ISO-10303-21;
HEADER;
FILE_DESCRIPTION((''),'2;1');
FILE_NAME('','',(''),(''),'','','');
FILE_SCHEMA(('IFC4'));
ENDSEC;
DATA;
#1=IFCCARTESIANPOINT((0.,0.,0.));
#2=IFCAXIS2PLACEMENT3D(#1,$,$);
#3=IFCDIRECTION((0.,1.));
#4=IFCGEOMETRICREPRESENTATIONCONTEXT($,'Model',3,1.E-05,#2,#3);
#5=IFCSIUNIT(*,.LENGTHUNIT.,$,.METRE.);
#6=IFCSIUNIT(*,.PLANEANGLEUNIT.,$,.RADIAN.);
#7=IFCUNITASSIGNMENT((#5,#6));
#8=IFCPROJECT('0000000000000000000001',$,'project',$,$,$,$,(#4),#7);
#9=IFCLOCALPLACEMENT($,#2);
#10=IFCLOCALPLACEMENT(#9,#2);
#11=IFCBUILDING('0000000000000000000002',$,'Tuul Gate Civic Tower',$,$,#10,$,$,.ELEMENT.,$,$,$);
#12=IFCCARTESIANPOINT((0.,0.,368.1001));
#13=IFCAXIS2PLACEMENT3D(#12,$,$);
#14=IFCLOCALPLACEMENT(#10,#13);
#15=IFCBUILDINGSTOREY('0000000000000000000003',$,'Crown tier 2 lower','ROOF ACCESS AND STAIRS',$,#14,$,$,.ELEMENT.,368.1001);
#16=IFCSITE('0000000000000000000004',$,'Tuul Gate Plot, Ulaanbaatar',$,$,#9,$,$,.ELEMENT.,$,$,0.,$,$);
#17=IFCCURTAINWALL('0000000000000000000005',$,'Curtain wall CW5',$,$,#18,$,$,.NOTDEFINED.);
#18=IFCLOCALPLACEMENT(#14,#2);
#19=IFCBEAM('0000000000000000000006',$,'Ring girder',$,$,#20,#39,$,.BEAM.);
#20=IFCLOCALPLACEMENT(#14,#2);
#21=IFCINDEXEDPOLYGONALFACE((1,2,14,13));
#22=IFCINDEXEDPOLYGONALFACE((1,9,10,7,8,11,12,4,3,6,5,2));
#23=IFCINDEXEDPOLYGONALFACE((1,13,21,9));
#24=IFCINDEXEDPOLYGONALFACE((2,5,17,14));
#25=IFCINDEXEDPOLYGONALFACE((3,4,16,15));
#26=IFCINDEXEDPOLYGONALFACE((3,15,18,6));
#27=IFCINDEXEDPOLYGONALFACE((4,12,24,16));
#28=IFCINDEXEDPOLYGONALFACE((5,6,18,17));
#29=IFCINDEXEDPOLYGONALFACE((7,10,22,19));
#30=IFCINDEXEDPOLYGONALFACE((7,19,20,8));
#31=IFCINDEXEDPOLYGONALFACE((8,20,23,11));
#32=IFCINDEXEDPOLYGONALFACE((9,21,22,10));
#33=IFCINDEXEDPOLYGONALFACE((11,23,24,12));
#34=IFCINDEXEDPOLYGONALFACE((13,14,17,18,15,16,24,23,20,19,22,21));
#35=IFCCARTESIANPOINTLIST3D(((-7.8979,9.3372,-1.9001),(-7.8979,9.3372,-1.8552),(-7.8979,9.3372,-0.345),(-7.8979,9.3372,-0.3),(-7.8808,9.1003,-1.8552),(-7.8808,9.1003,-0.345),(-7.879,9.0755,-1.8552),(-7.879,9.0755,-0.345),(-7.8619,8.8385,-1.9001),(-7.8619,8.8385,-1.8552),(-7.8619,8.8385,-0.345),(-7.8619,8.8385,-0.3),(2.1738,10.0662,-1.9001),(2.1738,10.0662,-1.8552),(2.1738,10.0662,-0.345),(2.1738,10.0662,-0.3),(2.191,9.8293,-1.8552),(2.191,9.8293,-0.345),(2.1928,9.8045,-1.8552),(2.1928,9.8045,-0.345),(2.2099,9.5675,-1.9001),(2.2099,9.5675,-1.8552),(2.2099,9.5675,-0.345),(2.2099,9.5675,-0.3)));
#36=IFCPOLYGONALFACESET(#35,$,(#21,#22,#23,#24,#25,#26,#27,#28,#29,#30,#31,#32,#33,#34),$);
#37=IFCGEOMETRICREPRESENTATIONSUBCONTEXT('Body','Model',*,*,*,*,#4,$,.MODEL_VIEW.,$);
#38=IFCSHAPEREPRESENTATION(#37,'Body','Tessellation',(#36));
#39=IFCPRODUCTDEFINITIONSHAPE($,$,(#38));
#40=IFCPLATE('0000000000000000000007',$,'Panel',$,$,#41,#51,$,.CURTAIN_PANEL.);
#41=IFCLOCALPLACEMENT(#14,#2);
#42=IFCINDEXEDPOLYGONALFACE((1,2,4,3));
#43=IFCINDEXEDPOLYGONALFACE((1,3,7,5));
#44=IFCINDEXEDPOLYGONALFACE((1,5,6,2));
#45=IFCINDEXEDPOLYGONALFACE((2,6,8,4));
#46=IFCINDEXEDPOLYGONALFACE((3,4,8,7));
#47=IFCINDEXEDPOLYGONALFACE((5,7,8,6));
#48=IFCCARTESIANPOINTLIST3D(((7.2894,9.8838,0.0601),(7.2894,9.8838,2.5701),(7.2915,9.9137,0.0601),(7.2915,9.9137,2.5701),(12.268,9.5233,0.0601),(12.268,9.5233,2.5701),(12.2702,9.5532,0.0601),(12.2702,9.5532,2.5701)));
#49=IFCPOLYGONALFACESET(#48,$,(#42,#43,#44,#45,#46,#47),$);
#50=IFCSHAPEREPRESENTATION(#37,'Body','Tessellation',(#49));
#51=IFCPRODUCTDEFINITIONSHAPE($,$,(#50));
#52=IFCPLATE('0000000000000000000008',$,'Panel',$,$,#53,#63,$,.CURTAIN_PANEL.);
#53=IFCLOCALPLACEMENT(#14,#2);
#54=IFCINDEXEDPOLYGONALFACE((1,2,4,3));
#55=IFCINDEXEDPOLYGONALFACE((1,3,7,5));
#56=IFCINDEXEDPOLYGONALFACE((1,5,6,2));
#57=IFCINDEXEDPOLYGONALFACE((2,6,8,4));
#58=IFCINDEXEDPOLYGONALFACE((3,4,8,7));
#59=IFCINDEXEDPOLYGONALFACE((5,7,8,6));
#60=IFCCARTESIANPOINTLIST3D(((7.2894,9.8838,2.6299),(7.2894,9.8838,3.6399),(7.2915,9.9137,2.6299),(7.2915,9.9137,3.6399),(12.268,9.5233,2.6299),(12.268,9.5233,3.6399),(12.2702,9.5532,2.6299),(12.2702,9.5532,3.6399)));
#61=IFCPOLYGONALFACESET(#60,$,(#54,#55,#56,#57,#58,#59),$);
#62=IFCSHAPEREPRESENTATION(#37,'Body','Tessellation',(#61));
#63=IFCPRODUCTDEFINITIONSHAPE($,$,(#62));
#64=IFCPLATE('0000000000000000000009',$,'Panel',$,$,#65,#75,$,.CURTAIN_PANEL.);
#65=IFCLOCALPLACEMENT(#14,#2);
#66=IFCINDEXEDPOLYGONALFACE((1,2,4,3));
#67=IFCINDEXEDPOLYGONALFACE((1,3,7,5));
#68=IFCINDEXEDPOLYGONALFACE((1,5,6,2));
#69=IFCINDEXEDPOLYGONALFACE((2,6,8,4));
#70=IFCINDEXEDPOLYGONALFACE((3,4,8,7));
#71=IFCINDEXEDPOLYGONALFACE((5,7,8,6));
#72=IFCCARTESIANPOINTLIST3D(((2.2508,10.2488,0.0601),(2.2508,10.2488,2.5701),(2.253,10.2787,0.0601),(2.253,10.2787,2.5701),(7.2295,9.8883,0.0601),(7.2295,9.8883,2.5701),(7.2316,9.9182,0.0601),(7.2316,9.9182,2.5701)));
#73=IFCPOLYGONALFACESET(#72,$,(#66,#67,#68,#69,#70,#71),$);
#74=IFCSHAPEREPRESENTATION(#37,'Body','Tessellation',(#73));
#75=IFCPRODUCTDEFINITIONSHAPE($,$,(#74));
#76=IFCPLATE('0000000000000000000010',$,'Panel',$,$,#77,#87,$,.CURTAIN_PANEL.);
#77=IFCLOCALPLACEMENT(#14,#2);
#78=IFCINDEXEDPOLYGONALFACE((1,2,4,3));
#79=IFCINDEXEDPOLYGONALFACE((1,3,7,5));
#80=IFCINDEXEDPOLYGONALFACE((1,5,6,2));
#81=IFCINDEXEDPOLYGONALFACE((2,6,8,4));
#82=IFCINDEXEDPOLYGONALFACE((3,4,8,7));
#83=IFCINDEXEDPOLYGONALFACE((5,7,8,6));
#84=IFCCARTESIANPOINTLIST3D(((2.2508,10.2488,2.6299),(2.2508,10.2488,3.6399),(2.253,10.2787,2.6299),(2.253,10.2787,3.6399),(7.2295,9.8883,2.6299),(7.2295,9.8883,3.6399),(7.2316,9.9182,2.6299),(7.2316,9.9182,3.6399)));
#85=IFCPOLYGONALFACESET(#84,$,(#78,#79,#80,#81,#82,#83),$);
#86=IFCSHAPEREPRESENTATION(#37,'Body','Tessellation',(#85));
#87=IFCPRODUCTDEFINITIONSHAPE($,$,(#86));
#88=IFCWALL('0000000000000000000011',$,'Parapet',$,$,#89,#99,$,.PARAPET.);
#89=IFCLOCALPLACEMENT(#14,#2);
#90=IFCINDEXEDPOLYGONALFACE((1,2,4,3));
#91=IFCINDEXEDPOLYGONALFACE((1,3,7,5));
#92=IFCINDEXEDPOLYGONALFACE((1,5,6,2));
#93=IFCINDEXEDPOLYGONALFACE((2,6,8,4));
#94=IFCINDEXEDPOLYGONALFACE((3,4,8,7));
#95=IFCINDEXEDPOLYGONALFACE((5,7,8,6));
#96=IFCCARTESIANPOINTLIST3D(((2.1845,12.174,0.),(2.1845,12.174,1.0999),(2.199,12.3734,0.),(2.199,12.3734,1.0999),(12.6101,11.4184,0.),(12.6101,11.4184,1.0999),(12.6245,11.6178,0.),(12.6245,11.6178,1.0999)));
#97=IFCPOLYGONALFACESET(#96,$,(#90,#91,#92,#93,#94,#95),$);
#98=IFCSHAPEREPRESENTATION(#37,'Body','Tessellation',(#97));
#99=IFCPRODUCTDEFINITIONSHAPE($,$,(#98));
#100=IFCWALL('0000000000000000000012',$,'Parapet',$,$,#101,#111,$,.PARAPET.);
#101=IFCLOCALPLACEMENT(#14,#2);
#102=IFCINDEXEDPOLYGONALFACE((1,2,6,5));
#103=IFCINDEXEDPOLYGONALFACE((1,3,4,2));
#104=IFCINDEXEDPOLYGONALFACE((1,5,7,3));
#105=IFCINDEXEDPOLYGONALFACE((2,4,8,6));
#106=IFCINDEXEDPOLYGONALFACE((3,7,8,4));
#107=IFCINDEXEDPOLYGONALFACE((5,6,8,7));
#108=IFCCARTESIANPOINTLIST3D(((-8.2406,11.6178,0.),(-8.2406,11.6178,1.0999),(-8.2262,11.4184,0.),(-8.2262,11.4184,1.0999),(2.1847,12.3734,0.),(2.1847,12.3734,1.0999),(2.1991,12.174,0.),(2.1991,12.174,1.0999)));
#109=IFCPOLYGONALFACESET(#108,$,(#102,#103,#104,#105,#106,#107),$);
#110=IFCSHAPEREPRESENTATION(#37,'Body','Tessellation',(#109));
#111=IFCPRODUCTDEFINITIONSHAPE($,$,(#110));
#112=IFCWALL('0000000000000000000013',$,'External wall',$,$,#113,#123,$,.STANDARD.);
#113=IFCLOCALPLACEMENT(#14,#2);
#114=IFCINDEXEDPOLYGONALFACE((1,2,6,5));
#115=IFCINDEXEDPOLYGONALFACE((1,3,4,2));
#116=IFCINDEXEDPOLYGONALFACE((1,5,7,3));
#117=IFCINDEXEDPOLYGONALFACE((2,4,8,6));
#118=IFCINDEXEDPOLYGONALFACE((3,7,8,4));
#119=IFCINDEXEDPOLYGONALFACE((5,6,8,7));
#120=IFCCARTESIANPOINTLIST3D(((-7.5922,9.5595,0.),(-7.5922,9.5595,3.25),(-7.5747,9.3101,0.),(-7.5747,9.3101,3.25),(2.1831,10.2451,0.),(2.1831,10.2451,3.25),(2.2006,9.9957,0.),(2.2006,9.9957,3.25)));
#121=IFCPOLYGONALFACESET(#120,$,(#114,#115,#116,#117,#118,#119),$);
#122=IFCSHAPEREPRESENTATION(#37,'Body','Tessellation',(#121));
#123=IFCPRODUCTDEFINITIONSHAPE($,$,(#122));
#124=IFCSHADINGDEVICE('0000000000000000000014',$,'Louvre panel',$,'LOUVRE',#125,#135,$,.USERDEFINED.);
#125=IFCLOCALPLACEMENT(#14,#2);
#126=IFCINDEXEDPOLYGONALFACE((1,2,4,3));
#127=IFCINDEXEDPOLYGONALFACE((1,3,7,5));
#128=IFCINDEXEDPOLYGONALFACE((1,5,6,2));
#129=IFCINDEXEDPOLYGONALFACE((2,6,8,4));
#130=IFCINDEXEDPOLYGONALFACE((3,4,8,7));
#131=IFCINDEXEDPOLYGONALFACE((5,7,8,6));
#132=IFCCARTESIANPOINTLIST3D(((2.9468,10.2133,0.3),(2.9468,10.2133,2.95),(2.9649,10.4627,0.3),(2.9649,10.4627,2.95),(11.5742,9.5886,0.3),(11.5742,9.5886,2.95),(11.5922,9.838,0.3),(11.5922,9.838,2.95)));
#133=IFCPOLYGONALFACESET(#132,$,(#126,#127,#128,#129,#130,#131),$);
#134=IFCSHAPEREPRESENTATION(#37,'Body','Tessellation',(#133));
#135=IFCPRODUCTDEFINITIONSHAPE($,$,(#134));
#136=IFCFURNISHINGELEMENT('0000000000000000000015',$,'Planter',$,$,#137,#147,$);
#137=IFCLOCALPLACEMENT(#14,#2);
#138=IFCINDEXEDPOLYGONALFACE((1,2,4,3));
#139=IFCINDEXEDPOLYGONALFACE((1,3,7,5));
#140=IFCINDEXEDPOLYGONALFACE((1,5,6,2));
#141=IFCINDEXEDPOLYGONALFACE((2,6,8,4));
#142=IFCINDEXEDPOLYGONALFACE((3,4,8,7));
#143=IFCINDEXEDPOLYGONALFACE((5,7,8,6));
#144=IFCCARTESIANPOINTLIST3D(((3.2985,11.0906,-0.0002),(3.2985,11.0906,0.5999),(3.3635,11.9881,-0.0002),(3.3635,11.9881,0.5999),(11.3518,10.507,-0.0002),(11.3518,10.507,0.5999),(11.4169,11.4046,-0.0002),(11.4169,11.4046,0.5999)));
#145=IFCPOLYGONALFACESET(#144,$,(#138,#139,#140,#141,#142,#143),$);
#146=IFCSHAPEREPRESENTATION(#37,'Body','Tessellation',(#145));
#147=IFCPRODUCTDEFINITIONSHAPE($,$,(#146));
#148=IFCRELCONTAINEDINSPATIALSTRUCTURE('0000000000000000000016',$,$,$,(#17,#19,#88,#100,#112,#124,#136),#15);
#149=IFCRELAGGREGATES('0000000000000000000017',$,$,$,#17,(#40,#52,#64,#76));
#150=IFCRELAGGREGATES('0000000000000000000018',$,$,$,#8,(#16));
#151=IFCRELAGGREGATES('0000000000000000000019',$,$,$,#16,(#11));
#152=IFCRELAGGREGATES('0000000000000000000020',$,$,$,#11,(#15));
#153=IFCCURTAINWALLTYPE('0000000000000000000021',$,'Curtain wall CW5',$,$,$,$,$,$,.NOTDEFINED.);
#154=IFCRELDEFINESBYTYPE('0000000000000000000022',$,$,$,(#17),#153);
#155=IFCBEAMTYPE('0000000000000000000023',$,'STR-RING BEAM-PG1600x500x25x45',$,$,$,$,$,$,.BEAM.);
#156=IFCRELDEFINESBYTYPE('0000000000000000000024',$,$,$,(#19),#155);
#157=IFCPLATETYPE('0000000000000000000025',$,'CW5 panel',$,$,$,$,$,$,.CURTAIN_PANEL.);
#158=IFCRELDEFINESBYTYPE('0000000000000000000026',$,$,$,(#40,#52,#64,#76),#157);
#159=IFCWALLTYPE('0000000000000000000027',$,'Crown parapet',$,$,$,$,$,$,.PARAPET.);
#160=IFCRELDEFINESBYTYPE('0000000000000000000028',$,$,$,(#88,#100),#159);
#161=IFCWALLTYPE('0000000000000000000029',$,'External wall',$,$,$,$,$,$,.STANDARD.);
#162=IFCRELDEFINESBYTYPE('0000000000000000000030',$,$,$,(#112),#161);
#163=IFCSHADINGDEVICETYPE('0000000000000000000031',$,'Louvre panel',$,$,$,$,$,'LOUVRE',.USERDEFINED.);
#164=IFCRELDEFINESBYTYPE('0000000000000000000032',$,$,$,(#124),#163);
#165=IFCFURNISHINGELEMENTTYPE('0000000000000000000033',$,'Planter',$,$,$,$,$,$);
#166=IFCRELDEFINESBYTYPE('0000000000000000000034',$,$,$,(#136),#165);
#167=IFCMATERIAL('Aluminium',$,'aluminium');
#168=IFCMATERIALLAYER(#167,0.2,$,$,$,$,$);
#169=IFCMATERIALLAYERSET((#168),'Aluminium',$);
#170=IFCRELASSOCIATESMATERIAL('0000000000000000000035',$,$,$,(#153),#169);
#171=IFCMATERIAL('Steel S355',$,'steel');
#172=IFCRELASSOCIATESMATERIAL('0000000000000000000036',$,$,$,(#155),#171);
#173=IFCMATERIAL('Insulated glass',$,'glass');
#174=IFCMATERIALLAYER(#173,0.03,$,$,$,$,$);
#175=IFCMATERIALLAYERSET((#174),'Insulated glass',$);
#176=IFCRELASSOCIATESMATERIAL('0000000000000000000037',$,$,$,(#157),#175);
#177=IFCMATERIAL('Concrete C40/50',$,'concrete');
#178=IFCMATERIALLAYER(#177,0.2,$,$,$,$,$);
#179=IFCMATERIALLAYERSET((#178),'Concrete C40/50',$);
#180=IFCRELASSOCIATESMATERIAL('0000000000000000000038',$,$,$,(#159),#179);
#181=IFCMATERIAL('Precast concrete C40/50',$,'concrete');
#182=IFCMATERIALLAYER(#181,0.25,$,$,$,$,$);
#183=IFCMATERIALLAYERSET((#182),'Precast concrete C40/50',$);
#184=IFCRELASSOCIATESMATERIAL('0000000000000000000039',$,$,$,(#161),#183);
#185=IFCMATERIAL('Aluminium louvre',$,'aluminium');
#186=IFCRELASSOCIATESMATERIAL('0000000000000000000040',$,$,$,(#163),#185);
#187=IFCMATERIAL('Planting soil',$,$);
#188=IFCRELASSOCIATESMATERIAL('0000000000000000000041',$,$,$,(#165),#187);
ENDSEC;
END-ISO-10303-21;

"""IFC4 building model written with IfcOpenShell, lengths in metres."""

from ifc_helpers import new_model, si_unit, direction, frame, frame_2d, origin, origin_2d, place, context, subcontext, project, spatial, rectangle, i_section, extrude, material, layer, layer_set, material_profile, profile_set, type_object, element, aggregate, save


model = new_model("IFC4")

# Units and contexts
model_context = context("Model", 3, precision=1e-05, world=origin(), true_north=direction((0.0, 1.0)))
body_context = subcontext(model_context, "Body", "Model", "MODEL_VIEW")
ifc_project = project(units=[si_unit("LENGTHUNIT", "METRE"), si_unit("PLANEANGLEUNIT", "RADIAN")], contexts=[model_context])

# Site, building, storey
site_placement = place(None, origin())
site = spatial("IfcSite", under=ifc_project, at=site_placement, Name="Tuul Gate Plot, Ulaanbaatar", CompositionType="ELEMENT", RefElevation=0.0)
building_placement = place(site_placement, origin())
building = spatial("IfcBuilding", under=site, at=building_placement, Name="Tuul Gate Civic Tower", CompositionType="ELEMENT")
storey_placement = place(building_placement, frame((0.0, 0.0, 368.1001)))
storey = spatial("IfcBuildingStorey", under=building, at=storey_placement, Name="Crown tier 2 lower", Description="ROOF ACCESS AND STAIRS", CompositionType="ELEMENT", Elevation=368.1001)

# Curtain wall
ifc_material_1 = material(Name="Aluminium", Category="aluminium")
ifc_layer_1 = layer(ifc_material_1, 0.2)
ifc_layer_set_1 = layer_set([ifc_layer_1], Name="Aluminium")
curtain_wall_type = type_object("IfcCurtainWallType", Name="Curtain wall CW5", PredefinedType="NOTDEFINED", material=ifc_layer_set_1)
curtain_wall_1_placement = place(storey_placement, origin())
curtain_wall_1 = element("IfcCurtainWall", 1, at=curtain_wall_1_placement, inside=storey, type_object=curtain_wall_type, Name="Curtain wall CW5", PredefinedType="NOTDEFINED")

# Beam
ifc_material_2 = material(Name="Steel S355", Category="steel")
ifc_material_profile_1 = material_profile(ifc_material_2, i_section(OverallWidth=0.5, OverallDepth=1.6001, WebThickness=0.0249, FlangeThickness=0.0449, at=origin_2d()), Name="PG1600x500x25x45")
ifc_profile_set_1 = profile_set([ifc_material_profile_1], Name="Steel S355")
beam_type_1 = type_object("IfcBeamType", Name="STR-RING BEAM-PG1600x500x25x45", PredefinedType="BEAM", material=ifc_profile_set_1)
beam_1_placement = place(storey_placement, frame((2.1919, 9.8169, -1.1001), z_axis=(-0.997391, -0.072192, 0.0), x_axis=(0.072192, -0.997391, 0.0)))
element("IfcBeam", 2, at=beam_1_placement, inside=storey, type_object=beam_type_1, Name="Ring girder", PredefinedType="BEAM", context=body_context, shape_type="SweptSolid", body=[
    extrude(i_section(OverallWidth=0.5, OverallDepth=1.6001, WebThickness=0.0249, FlangeThickness=0.0449, at=origin_2d()), origin(), (0.0, 0.0, 1.0), 10.0981),
])

# Plates
ifc_material_3 = material(Name="Insulated glass", Category="glass")
ifc_layer_2 = layer(ifc_material_3, 0.03)
ifc_layer_set_2 = layer_set([ifc_layer_2], Name="Insulated glass")
plate_type = type_object("IfcPlateType", Name="CW5 panel", PredefinedType="CURTAIN_PANEL", material=ifc_layer_set_2)
plate_1_placement = place(storey_placement, frame((9.7798, 9.7185, 0.0601), z_axis=(0.0, 0.0, 1.0), x_axis=(-0.997389, 0.072219, 0.0)))
plate_1 = element("IfcPlate", 3, at=plate_1_placement, type_object=plate_type, Name="Panel", PredefinedType="CURTAIN_PANEL", context=body_context, shape_type="SweptSolid", body=[
    extrude(rectangle(XDim=4.9917, YDim=0.03, at=origin_2d()), origin(), (0.0, 0.0, 1.0), 2.51),
])
plate_2_placement = place(storey_placement, frame((9.7798, 9.7185, 2.6299), z_axis=(0.0, 0.0, 1.0), x_axis=(-0.997389, 0.072219, 0.0)))
plate_2 = element("IfcPlate", 4, at=plate_2_placement, type_object=plate_type, Name="Panel", PredefinedType="CURTAIN_PANEL", context=body_context, shape_type="SweptSolid", body=[
    extrude(rectangle(XDim=4.9917, YDim=0.03, at=origin_2d()), origin(), (0.0, 0.0, 1.0), 1.01),
])
plate_3_placement = place(storey_placement, frame((4.7412, 10.0835, 0.0601), z_axis=(0.0, 0.0, 1.0), x_axis=(-0.997389, 0.072219, 0.0)))
plate_3 = element("IfcPlate", 5, at=plate_3_placement, type_object=plate_type, Name="Panel", PredefinedType="CURTAIN_PANEL", context=body_context, shape_type="SweptSolid", body=[
    extrude(rectangle(XDim=4.9917, YDim=0.03, at=origin_2d()), origin(), (0.0, 0.0, 1.0), 2.51),
])
plate_4_placement = place(storey_placement, frame((4.7412, 10.0835, 2.6299), z_axis=(0.0, 0.0, 1.0), x_axis=(-0.997389, 0.072219, 0.0)))
plate_4 = element("IfcPlate", 6, at=plate_4_placement, type_object=plate_type, Name="Panel", PredefinedType="CURTAIN_PANEL", context=body_context, shape_type="SweptSolid", body=[
    extrude(rectangle(XDim=4.9917, YDim=0.03, at=origin_2d()), origin(), (0.0, 0.0, 1.0), 1.01),
])
aggregate(curtain_wall_1, [plate_1, plate_2, plate_3, plate_4])

# Walls
ifc_material_4 = material(Name="Concrete C40/50", Category="concrete")
ifc_layer_3 = layer(ifc_material_4, 0.2)
ifc_layer_set_3 = layer_set([ifc_layer_3], Name="Concrete C40/50")
wall_type_1 = type_object("IfcWallType", Name="Crown parapet", PredefinedType="PARAPET", material=ifc_layer_set_3)
wall_1_placement = place(storey_placement, frame((12.6174, 11.5181, 0.0), z_axis=(0.0, 0.0, 1.0), x_axis=(-0.997384, 0.072288, 0.0)))
element("IfcWall", 7, at=wall_1_placement, inside=storey, type_object=wall_type_1, Name="Parapet", PredefinedType="PARAPET", context=body_context, shape_type="SweptSolid", body=[
    extrude(rectangle(XDim=10.4529, YDim=0.2, at=frame_2d((5.2266, 0.0))), origin(), (0.0, 0.0, 1.0), 1.0999),
])
wall_2_placement = place(storey_placement, frame((2.1919, 12.2737, 0.0), z_axis=(0.0, 0.0, 1.0), x_axis=(-0.997384, -0.072289, 0.0)))
element("IfcWall", 8, at=wall_2_placement, inside=storey, type_object=wall_type_1, Name="Parapet", PredefinedType="PARAPET", context=body_context, shape_type="SweptSolid", body=[
    extrude(rectangle(XDim=10.4526, YDim=0.2, at=frame_2d((5.2263, 0.0))), origin(), (0.0, 0.0, 1.0), 1.0999),
])
ifc_material_5 = material(Name="Precast concrete C40/50", Category="concrete")
ifc_layer_4 = layer(ifc_material_5, 0.25)
ifc_layer_set_4 = layer_set([ifc_layer_4], Name="Precast concrete C40/50")
wall_type_2 = type_object("IfcWallType", Name="External wall", PredefinedType="STANDARD", material=ifc_layer_set_4)
wall_3_placement = place(storey_placement, frame((2.1919, 10.1204, 0.0), z_axis=(0.0, 0.0, 1.0), x_axis=(-0.99755, -0.069958, 0.0)))
element("IfcWall", 9, at=wall_3_placement, inside=storey, type_object=wall_type_2, Name="External wall", PredefinedType="STANDARD", context=body_context, shape_type="SweptSolid", body=[
    extrude(rectangle(XDim=9.7993, YDim=0.25, at=frame_2d((4.8997, 0.0))), origin(), (0.0, 0.0, 1.0), 3.25),
])

# Shading device
ifc_material_6 = material(Name="Aluminium louvre", Category="aluminium")
shading_device_type = type_object("IfcShadingDeviceType", Name="Louvre panel", ElementType="LOUVRE", PredefinedType="USERDEFINED", material=ifc_material_6)
shading_device_placement = place(storey_placement, frame((7.2695, 10.0256, 0.3), z_axis=(0.0, 0.0, 1.0), x_axis=(0.072219, 0.997389, 0.0)))
element("IfcShadingDevice", 10, at=shading_device_placement, inside=storey, type_object=shading_device_type, Name="Louvre panel", ObjectType="LOUVRE", PredefinedType="USERDEFINED", context=body_context, shape_type="SweptSolid", body=[
    extrude(rectangle(XDim=0.25, YDim=8.6499, at=origin_2d()), origin(), (0.0, 0.0, 1.0), 2.6499),
])

# Furnishing element
ifc_material_7 = material(Name="Planting soil")
furnishing_element_type = type_object("IfcFurnishingElementType", Name="Planter", material=ifc_material_7)
furnishing_placement = place(storey_placement, frame((7.3577, 11.2476, -0.0002), z_axis=(0.0, 0.0, 1.0), x_axis=(-0.997385, 0.072272, 0.0)))
element("IfcFurnishingElement", 11, at=furnishing_placement, inside=storey, type_object=furnishing_element_type, Name="Planter", context=body_context, shape_type="SweptSolid", body=[
    extrude(rectangle(XDim=8.0745, YDim=0.8999, at=origin_2d()), origin(), (0.0, 0.0, 1.0), 0.6001),
])

save(model, "model.ifc")
